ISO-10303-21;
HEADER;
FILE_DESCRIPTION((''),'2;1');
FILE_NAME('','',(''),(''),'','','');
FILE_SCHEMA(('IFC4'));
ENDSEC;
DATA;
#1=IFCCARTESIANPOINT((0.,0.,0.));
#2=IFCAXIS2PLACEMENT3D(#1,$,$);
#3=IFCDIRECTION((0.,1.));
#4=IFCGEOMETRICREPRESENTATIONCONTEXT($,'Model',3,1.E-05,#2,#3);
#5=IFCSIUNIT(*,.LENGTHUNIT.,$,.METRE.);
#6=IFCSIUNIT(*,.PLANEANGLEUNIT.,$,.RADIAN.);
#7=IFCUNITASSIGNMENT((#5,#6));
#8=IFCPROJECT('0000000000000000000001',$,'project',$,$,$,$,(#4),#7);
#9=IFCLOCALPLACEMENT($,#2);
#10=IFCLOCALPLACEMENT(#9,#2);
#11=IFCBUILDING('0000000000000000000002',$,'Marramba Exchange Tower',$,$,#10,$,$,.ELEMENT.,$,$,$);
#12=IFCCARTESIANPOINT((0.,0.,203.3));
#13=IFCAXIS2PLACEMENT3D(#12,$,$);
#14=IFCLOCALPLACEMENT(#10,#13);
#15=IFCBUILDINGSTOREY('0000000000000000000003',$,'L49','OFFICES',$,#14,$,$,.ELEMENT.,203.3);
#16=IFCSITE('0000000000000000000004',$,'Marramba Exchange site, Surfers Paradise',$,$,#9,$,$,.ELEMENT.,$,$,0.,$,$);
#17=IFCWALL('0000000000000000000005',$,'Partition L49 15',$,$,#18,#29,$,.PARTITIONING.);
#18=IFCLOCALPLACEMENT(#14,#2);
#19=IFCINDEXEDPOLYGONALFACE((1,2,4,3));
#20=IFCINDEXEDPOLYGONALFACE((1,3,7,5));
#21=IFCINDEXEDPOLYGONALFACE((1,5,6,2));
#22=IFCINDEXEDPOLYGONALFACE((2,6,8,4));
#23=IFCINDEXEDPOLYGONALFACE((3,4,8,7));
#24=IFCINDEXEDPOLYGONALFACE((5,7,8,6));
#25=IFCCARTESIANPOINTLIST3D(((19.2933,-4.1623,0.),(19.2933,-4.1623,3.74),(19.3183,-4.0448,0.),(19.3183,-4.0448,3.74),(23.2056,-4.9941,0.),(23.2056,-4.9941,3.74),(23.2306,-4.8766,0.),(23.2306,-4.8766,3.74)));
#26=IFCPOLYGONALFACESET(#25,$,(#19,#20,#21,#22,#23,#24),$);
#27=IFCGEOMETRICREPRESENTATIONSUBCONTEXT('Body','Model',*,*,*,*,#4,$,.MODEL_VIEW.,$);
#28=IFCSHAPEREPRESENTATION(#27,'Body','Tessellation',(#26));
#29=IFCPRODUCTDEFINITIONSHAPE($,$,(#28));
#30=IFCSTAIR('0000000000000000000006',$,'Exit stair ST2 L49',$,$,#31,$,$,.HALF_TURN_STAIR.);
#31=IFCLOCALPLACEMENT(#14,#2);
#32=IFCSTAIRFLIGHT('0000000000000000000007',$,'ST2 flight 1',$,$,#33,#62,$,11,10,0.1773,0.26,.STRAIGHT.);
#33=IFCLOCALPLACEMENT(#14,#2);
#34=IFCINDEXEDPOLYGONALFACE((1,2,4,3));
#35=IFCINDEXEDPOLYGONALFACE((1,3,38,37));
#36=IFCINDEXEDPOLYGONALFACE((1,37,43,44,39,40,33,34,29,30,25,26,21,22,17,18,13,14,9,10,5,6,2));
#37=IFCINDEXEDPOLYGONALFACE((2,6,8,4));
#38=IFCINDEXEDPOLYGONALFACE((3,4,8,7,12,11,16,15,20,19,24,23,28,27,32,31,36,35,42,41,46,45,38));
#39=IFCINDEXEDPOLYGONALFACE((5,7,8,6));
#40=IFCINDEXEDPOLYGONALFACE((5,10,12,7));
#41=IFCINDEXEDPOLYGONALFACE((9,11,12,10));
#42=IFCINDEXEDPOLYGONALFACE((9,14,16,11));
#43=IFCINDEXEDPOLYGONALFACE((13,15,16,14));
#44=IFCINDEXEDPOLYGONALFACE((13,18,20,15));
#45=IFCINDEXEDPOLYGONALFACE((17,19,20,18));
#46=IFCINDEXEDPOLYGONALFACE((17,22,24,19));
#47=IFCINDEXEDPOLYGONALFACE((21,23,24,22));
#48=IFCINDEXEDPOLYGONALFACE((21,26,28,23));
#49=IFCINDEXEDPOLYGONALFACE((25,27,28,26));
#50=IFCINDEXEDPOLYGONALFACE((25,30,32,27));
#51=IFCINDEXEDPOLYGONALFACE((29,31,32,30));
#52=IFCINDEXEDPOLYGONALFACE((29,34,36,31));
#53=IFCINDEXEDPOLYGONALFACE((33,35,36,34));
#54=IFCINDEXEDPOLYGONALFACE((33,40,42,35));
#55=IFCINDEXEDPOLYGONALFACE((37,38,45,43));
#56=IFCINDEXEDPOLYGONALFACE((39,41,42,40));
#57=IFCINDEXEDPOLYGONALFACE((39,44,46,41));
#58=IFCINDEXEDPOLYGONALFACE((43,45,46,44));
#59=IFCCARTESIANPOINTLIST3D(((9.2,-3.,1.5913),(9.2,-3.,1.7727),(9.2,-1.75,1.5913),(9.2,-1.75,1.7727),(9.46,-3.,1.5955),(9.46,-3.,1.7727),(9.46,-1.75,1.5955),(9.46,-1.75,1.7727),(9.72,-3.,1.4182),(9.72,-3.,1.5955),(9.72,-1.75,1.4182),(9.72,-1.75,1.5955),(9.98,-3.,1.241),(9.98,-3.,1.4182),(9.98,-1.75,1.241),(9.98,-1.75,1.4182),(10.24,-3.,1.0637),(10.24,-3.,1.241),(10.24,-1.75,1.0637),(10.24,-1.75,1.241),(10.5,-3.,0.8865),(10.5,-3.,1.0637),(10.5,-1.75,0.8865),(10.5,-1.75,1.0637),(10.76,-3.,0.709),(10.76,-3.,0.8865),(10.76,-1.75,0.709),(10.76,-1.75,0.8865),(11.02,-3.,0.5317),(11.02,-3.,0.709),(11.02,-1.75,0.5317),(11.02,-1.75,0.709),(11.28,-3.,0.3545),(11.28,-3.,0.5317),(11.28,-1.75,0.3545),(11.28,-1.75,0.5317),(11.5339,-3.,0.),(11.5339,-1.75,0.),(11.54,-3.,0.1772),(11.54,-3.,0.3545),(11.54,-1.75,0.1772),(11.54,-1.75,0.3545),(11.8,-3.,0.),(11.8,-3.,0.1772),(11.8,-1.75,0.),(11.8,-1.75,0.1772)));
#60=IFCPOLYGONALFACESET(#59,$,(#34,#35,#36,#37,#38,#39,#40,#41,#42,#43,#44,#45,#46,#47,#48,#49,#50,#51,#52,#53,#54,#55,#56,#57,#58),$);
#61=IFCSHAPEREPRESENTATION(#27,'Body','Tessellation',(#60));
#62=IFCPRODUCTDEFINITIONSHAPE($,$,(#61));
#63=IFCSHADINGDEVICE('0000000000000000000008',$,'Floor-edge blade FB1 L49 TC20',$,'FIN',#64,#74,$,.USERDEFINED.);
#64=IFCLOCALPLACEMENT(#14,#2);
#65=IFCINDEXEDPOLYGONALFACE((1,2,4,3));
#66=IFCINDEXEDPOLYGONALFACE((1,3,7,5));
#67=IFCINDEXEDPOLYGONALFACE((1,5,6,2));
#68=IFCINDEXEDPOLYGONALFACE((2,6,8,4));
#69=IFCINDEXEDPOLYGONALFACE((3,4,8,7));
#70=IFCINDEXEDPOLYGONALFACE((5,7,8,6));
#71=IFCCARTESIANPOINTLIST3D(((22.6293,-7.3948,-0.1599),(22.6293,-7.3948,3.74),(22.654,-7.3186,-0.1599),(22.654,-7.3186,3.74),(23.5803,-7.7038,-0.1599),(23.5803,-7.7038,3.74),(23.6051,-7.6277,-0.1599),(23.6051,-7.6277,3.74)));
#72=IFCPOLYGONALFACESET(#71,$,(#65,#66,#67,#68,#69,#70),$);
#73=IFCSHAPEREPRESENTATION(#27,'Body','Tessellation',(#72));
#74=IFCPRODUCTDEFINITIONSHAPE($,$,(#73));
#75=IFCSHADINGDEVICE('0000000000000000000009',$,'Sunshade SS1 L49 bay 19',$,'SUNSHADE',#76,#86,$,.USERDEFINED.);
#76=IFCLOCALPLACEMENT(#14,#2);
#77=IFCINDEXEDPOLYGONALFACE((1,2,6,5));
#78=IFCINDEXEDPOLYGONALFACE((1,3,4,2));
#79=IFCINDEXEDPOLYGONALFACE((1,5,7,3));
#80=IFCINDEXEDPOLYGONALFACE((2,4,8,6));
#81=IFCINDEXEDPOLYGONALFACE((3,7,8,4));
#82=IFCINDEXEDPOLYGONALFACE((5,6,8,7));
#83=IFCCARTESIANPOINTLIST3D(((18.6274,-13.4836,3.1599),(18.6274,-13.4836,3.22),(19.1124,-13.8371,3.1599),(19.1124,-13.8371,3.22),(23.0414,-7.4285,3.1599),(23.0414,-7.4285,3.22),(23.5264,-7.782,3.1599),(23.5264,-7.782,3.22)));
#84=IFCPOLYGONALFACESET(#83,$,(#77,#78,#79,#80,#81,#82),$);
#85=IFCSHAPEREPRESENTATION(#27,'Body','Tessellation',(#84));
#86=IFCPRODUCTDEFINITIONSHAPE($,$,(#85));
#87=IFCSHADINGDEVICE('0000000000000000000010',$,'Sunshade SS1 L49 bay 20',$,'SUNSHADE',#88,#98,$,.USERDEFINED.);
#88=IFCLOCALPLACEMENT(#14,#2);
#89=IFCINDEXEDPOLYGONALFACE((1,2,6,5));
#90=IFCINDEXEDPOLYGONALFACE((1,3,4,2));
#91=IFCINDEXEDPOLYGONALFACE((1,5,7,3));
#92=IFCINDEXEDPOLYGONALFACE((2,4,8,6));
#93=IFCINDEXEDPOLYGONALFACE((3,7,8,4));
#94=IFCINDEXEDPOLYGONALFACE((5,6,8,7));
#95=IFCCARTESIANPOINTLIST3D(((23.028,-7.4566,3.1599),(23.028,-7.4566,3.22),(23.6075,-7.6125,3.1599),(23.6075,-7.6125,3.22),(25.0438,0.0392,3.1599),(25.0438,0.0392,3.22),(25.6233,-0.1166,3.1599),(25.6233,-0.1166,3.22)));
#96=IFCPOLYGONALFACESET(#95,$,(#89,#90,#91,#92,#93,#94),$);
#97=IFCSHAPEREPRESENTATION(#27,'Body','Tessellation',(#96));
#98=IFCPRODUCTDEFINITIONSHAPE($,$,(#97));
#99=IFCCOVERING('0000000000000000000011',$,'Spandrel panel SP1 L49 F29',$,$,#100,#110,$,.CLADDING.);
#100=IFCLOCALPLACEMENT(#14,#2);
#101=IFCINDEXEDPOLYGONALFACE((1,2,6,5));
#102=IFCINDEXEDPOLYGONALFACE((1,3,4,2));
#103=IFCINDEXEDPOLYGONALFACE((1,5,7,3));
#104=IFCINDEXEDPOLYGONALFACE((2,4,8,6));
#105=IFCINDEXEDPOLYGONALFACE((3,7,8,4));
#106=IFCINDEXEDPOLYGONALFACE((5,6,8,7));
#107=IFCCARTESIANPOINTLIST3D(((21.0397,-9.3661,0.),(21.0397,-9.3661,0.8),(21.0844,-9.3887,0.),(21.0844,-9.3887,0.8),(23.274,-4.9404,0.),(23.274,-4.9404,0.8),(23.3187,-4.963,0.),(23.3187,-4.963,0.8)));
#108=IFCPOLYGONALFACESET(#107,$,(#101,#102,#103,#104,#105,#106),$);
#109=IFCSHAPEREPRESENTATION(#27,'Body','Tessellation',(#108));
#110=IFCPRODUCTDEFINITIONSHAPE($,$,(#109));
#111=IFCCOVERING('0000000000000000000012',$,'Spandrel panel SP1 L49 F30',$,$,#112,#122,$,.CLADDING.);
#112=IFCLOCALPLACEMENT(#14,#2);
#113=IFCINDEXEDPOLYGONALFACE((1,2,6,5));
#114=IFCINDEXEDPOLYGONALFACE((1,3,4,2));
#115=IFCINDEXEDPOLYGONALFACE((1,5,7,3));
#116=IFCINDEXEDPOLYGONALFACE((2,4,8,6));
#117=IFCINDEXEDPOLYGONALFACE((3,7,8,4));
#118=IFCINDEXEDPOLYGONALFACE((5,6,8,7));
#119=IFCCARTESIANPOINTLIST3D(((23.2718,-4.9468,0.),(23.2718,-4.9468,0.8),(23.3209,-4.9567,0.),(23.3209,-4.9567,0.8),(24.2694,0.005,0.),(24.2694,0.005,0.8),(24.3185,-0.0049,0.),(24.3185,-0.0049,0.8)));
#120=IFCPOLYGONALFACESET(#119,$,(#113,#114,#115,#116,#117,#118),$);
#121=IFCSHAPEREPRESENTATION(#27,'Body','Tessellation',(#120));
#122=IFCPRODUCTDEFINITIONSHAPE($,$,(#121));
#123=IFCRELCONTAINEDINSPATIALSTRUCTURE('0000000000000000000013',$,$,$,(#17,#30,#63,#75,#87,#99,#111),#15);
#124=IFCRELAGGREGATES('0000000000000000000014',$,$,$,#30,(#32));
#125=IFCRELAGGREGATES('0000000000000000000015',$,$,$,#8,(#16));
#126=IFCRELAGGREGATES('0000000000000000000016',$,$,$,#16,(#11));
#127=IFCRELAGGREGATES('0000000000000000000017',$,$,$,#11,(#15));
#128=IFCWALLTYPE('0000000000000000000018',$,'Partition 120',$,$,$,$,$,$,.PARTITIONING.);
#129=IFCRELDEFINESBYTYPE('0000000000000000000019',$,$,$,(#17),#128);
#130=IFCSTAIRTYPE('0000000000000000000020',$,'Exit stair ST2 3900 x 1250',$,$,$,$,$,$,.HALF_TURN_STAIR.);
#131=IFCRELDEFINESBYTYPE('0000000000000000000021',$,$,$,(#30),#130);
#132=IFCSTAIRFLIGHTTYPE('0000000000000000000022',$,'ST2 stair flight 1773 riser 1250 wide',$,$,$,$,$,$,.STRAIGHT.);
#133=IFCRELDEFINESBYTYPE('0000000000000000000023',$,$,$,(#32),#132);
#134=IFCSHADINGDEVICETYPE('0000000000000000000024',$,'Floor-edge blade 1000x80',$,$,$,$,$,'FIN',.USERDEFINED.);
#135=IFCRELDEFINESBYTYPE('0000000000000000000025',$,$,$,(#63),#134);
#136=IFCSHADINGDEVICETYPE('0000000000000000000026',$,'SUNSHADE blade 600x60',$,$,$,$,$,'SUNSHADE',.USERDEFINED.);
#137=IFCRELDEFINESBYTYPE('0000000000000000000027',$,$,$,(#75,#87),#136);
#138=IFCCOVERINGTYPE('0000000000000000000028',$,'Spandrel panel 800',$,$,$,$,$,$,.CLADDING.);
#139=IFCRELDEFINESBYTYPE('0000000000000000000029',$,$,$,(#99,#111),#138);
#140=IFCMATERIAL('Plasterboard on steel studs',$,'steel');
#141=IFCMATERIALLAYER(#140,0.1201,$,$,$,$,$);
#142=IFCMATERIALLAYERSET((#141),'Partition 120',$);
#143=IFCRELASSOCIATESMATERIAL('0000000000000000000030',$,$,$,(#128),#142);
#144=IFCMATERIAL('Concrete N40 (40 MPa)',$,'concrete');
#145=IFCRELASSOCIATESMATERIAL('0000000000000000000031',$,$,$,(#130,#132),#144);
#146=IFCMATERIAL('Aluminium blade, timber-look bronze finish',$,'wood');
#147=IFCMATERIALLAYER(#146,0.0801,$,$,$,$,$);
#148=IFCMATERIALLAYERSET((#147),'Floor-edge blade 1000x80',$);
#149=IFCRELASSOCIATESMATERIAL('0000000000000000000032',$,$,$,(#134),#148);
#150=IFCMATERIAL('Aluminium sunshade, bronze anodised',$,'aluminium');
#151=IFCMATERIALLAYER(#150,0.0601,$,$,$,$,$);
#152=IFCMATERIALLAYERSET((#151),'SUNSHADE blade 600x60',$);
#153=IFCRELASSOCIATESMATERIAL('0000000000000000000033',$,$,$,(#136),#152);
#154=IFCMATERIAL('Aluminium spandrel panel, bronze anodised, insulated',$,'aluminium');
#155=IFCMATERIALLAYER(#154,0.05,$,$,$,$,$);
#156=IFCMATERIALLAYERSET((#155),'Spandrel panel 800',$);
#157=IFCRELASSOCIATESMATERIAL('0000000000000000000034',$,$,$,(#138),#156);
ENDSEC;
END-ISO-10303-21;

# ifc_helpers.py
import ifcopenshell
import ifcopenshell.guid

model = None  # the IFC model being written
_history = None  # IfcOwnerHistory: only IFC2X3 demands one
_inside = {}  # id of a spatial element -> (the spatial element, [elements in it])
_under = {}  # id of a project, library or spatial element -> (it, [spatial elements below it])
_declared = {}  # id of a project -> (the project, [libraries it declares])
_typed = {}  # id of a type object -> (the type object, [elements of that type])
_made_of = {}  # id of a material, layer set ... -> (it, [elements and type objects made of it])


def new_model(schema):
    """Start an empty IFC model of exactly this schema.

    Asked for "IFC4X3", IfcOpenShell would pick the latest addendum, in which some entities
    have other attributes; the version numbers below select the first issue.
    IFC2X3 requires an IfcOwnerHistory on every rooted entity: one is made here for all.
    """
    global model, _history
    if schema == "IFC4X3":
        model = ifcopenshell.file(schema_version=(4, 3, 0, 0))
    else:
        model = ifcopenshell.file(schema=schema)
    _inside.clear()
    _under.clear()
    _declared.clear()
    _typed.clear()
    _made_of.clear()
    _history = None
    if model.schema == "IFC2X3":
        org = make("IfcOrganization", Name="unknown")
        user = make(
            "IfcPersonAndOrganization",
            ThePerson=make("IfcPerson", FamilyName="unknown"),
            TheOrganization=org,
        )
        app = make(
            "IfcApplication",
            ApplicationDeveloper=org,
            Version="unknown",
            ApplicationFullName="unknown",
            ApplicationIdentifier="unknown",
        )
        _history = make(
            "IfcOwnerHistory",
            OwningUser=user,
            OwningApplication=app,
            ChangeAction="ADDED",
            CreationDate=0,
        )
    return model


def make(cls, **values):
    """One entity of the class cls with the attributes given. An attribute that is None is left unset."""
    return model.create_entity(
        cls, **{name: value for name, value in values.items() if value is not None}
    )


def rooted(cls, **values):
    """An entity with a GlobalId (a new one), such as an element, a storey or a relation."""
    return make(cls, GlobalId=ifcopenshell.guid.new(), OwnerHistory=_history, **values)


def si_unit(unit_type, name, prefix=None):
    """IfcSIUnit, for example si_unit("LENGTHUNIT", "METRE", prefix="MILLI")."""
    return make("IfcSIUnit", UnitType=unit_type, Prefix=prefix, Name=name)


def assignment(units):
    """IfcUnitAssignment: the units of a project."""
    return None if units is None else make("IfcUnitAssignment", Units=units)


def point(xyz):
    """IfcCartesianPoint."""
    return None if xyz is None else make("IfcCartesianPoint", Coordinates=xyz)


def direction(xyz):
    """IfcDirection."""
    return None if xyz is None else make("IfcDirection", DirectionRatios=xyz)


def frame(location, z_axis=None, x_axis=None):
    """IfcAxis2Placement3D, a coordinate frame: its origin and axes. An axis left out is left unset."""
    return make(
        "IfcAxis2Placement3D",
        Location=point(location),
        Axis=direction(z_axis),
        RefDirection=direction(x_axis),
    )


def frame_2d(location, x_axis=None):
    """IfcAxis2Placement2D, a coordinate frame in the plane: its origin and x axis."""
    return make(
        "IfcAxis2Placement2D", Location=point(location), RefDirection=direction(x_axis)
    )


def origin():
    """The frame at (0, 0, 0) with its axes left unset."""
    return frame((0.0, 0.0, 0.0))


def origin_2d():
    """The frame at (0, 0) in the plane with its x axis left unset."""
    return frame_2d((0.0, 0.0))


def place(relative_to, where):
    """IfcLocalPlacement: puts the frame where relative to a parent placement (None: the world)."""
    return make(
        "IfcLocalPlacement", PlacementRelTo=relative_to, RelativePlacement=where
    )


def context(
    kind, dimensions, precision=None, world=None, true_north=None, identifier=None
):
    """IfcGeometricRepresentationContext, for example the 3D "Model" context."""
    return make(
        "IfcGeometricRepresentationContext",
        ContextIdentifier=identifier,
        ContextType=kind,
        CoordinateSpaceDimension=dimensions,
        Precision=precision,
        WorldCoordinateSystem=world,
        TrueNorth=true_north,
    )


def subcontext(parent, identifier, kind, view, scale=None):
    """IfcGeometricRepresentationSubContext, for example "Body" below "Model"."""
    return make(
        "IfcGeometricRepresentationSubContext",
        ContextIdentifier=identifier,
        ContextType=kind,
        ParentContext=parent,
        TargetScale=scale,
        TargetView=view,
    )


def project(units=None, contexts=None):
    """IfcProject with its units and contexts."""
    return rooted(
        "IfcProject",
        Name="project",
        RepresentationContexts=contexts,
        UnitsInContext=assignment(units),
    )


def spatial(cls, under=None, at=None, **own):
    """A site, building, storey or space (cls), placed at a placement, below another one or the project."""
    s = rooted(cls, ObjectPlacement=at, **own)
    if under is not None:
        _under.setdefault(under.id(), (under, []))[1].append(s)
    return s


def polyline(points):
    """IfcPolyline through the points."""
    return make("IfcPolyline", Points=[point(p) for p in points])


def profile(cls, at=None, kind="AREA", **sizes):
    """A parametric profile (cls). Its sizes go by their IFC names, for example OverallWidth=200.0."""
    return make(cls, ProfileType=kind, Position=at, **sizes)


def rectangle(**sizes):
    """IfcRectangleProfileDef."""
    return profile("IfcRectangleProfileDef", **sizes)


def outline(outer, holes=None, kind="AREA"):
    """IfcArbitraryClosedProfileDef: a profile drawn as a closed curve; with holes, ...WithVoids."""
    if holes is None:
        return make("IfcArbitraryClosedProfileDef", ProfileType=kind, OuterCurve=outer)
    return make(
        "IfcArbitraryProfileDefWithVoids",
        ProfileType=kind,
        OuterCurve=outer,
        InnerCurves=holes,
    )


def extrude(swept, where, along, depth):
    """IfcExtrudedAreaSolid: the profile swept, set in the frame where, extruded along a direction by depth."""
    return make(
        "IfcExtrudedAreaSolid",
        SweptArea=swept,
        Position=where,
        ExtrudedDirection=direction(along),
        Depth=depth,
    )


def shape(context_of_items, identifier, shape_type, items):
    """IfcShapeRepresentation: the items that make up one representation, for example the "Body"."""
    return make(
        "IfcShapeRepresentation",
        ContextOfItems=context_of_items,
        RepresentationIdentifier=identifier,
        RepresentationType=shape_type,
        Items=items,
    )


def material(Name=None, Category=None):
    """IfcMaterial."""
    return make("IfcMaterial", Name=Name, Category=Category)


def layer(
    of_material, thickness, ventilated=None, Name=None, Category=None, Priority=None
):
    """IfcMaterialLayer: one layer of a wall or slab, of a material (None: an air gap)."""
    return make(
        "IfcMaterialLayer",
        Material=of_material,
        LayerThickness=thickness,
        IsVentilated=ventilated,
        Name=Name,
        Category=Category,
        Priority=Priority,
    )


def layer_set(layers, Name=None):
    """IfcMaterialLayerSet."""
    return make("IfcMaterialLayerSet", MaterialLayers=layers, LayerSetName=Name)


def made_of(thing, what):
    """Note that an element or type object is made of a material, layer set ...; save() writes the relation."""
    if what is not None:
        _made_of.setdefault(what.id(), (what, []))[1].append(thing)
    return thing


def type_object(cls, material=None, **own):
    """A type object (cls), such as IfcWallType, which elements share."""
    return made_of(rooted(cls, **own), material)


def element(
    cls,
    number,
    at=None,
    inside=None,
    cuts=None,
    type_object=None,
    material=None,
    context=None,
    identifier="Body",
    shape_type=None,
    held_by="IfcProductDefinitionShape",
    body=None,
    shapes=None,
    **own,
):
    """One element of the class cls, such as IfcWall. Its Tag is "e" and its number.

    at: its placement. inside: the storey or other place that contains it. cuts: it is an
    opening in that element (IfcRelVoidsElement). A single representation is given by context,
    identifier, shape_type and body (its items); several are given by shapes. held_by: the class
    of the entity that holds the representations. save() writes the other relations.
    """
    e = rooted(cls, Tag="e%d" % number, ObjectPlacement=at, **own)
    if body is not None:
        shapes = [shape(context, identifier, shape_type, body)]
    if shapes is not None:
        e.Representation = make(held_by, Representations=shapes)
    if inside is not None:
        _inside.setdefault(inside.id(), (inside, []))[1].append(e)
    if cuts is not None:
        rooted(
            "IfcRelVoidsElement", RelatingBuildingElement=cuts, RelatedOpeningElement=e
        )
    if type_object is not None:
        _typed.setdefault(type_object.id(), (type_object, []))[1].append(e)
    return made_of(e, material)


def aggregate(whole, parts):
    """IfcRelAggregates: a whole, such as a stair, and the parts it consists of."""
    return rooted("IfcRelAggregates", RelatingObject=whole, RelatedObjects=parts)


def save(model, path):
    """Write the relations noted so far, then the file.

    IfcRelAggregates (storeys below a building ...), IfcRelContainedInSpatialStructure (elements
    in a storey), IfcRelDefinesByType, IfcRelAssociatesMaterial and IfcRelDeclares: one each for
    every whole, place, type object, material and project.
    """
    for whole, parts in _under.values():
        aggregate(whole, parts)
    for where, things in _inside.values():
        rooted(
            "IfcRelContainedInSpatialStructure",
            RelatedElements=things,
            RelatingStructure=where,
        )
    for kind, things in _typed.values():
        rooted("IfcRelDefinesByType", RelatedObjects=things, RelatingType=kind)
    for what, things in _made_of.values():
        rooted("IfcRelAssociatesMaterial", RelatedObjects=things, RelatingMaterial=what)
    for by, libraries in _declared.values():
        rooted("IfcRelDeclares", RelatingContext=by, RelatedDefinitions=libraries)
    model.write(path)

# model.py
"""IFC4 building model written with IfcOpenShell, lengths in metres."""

from ifc_helpers import new_model, si_unit, direction, frame, frame_2d, origin, origin_2d, place, context, subcontext, project, spatial, polyline, rectangle, outline, extrude, material, layer, layer_set, type_object, element, aggregate, save


model = new_model("IFC4")

# Units and contexts
model_context = context("Model", 3, precision=1e-05, world=origin(), true_north=direction((0.0, 1.0)))
body_context = subcontext(model_context, "Body", "Model", "MODEL_VIEW")
ifc_project = project(units=[si_unit("LENGTHUNIT", "METRE"), si_unit("PLANEANGLEUNIT", "RADIAN")], contexts=[model_context])

# Site, building, storey
site_placement = place(None, origin())
site = spatial("IfcSite", under=ifc_project, at=site_placement, Name="Marramba Exchange site, Surfers Paradise", CompositionType="ELEMENT", RefElevation=0.0)
building_placement = place(site_placement, origin())
building = spatial("IfcBuilding", under=site, at=building_placement, Name="Marramba Exchange Tower", CompositionType="ELEMENT")
storey_placement = place(building_placement, frame((0.0, 0.0, 203.3)))
storey = spatial("IfcBuildingStorey", under=building, at=storey_placement, Name="L49", Description="OFFICES", CompositionType="ELEMENT", Elevation=203.3)

# Wall
ifc_material_1 = material(Name="Plasterboard on steel studs", Category="steel")
ifc_layer_1 = layer(ifc_material_1, 0.1201)
ifc_layer_set_1 = layer_set([ifc_layer_1], Name="Partition 120")
wall_type_1 = type_object("IfcWallType", Name="Partition 120", PredefinedType="PARTITIONING", material=ifc_layer_set_1)
wall_1_placement = place(storey_placement, frame((19.3057, -4.1035, 0.0), z_axis=(0.0, 0.0, 1.0), x_axis=(0.978138, -0.207957, 0.0)))
element("IfcWall", 1, at=wall_1_placement, inside=storey, type_object=wall_type_1, Name="Partition L49 15", PredefinedType="PARTITIONING", context=body_context, shape_type="SweptSolid", body=[
    extrude(rectangle(XDim=3.9998, YDim=0.1201, at=frame_2d((2.0, 0.0))), origin(), (0.0, 0.0, 1.0), 3.74),
])

# Stair, stair flight
ifc_material_2 = material(Name="Concrete N40 (40 MPa)", Category="concrete")
stair_type = type_object("IfcStairType", Name="Exit stair ST2 3900 x 1250", PredefinedType="HALF_TURN_STAIR", material=ifc_material_2)
stair_placement = place(storey_placement, origin())
stair = element("IfcStair", 2, at=stair_placement, inside=storey, type_object=stair_type, Name="Exit stair ST2 L49", PredefinedType="HALF_TURN_STAIR")
stair_flight_type = type_object("IfcStairFlightType", Name="ST2 stair flight 1773 riser 1250 wide", PredefinedType="STRAIGHT", material=ifc_material_2)
stair_flight_placement = place(storey_placement, frame((11.8, -2.375, 0.0), z_axis=(0.0, 0.0, 1.0), x_axis=(-1.0, 0.0, 0.0)))
stair_flight = element("IfcStairFlight", 3, at=stair_flight_placement, type_object=stair_flight_type, Name="ST2 flight 1", NumberOfRisers=11, NumberOfTreads=10, PredefinedType="STRAIGHT", RiserHeight=0.1773, TreadLength=0.26, context=body_context, shape_type="SweptSolid", body=[
    extrude(outline(polyline([(0.0, 0.0), (0.0, 0.1772), (0.26, 0.1772), (0.26, 0.3545), (0.52, 0.3545), (0.52, 0.5317), (0.78, 0.5317), (0.78, 0.709), (1.04, 0.709), (1.04, 0.8865), (1.3, 0.8865), (1.3, 1.0637), (1.5601, 1.0637), (1.5601, 1.241), (1.8201, 1.241), (1.8201, 1.4182), (2.0801, 1.4182), (2.0801, 1.5955), (2.3401, 1.5955), (2.3401, 1.7727), (2.6001, 1.7727), (2.6001, 1.95), (2.6001, 1.5913), (0.2661, 0.0), (0.0, 0.0)])), frame((0.0, 0.625, 0.0), z_axis=(0.0, -1.0, 0.0), x_axis=(1.0, 0.0, 0.0)), (0.0, 0.0, 1.0), 1.25),
])
aggregate(stair, [stair_flight])

# Shading devices
ifc_material_3 = material(Name="Aluminium blade, timber-look bronze finish", Category="wood")
ifc_layer_2 = layer(ifc_material_3, 0.0801)
ifc_layer_set_2 = layer_set([ifc_layer_2], Name="Floor-edge blade 1000x80")
shading_device_type_1 = type_object("IfcShadingDeviceType", Name="Floor-edge blade 1000x80", ElementType="FIN", PredefinedType="USERDEFINED", material=ifc_layer_set_2)
shading_device_1_placement = place(storey_placement, frame((23.1172, -7.5112, -0.1599), z_axis=(0.0, 0.0, 1.0), x_axis=(0.951057, -0.309017, 0.0)))
element("IfcShadingDevice", 4, at=shading_device_1_placement, inside=storey, type_object=shading_device_type_1, Name="Floor-edge blade FB1 L49 TC20", ObjectType="FIN", PredefinedType="USERDEFINED", context=body_context, shape_type="SweptSolid", body=[
    extrude(rectangle(XDim=1.0, YDim=0.0801, at=origin_2d()), origin(), (0.0, 0.0, 1.0), 3.8999),
])
ifc_material_4 = material(Name="Aluminium sunshade, bronze anodised", Category="aluminium")
ifc_layer_3 = layer(ifc_material_4, 0.0601)
ifc_layer_set_3 = layer_set([ifc_layer_3], Name="SUNSHADE blade 600x60")
shading_device_type_2 = type_object("IfcShadingDeviceType", Name="SUNSHADE blade 600x60", ElementType="SUNSHADE", PredefinedType="USERDEFINED", material=ifc_layer_set_3)
shading_device_2_placement = place(storey_placement, frame((21.0769, -10.6328, 3.1599), z_axis=(0.0, 0.0, 1.0), x_axis=(0.589072, 0.808081, 0.0)))
element("IfcShadingDevice", 5, at=shading_device_2_placement, inside=storey, type_object=shading_device_type_2, Name="Sunshade SS1 L49 bay 19", ObjectType="SUNSHADE", PredefinedType="USERDEFINED", context=body_context, shape_type="SweptSolid", body=[
    extrude(rectangle(XDim=7.4932, YDim=0.6001, at=origin_2d()), origin(), (0.0, 0.0, 1.0), 0.0601),
])
shading_device_3_placement = place(storey_placement, frame((24.3257, -3.7866, 3.1599), z_axis=(0.0, 0.0, 1.0), x_axis=(0.259692, 0.965691, 0.0)))
element("IfcShadingDevice", 6, at=shading_device_3_placement, inside=storey, type_object=shading_device_type_2, Name="Sunshade SS1 L49 bay 20", ObjectType="SUNSHADE", PredefinedType="USERDEFINED", context=body_context, shape_type="SweptSolid", body=[
    extrude(rectangle(XDim=7.7622, YDim=0.6001, at=origin_2d()), origin(), (0.0, 0.0, 1.0), 0.0601),
])

# Coverings
ifc_material_5 = material(Name="Aluminium spandrel panel, bronze anodised, insulated", Category="aluminium")
ifc_layer_4 = layer(ifc_material_5, 0.05)
ifc_layer_set_4 = layer_set([ifc_layer_4], Name="Spandrel panel 800")
covering_type = type_object("IfcCoveringType", Name="Spandrel panel 800", PredefinedType="CLADDING", material=ifc_layer_set_4)
covering_1_placement = place(storey_placement, frame((22.1792, -7.1646, 0.0), z_axis=(0.0, 0.0, 1.0), x_axis=(0.450673, 0.892689, 0.0)))
element("IfcCovering", 7, at=covering_1_placement, inside=storey, type_object=covering_type, Name="Spandrel panel SP1 L49 F29", PredefinedType="CLADDING", context=body_context, shape_type="SweptSolid", body=[
    extrude(rectangle(XDim=4.9578, YDim=0.05, at=origin_2d()), origin(), (0.0, 0.0, 1.0), 0.8),
])
covering_2_placement = place(storey_placement, frame((23.7952, -2.4758, 0.0), z_axis=(0.0, 0.0, 1.0), x_axis=(0.197495, 0.980304, 0.0)))
element("IfcCovering", 8, at=covering_2_placement, inside=storey, type_object=covering_type, Name="Spandrel panel SP1 L49 F30", PredefinedType="CLADDING", context=body_context, shape_type="SweptSolid", body=[
    extrude(rectangle(XDim=5.0513, YDim=0.05, at=origin_2d()), origin(), (0.0, 0.0, 1.0), 0.8),
])

save(model, "model.ifc")
